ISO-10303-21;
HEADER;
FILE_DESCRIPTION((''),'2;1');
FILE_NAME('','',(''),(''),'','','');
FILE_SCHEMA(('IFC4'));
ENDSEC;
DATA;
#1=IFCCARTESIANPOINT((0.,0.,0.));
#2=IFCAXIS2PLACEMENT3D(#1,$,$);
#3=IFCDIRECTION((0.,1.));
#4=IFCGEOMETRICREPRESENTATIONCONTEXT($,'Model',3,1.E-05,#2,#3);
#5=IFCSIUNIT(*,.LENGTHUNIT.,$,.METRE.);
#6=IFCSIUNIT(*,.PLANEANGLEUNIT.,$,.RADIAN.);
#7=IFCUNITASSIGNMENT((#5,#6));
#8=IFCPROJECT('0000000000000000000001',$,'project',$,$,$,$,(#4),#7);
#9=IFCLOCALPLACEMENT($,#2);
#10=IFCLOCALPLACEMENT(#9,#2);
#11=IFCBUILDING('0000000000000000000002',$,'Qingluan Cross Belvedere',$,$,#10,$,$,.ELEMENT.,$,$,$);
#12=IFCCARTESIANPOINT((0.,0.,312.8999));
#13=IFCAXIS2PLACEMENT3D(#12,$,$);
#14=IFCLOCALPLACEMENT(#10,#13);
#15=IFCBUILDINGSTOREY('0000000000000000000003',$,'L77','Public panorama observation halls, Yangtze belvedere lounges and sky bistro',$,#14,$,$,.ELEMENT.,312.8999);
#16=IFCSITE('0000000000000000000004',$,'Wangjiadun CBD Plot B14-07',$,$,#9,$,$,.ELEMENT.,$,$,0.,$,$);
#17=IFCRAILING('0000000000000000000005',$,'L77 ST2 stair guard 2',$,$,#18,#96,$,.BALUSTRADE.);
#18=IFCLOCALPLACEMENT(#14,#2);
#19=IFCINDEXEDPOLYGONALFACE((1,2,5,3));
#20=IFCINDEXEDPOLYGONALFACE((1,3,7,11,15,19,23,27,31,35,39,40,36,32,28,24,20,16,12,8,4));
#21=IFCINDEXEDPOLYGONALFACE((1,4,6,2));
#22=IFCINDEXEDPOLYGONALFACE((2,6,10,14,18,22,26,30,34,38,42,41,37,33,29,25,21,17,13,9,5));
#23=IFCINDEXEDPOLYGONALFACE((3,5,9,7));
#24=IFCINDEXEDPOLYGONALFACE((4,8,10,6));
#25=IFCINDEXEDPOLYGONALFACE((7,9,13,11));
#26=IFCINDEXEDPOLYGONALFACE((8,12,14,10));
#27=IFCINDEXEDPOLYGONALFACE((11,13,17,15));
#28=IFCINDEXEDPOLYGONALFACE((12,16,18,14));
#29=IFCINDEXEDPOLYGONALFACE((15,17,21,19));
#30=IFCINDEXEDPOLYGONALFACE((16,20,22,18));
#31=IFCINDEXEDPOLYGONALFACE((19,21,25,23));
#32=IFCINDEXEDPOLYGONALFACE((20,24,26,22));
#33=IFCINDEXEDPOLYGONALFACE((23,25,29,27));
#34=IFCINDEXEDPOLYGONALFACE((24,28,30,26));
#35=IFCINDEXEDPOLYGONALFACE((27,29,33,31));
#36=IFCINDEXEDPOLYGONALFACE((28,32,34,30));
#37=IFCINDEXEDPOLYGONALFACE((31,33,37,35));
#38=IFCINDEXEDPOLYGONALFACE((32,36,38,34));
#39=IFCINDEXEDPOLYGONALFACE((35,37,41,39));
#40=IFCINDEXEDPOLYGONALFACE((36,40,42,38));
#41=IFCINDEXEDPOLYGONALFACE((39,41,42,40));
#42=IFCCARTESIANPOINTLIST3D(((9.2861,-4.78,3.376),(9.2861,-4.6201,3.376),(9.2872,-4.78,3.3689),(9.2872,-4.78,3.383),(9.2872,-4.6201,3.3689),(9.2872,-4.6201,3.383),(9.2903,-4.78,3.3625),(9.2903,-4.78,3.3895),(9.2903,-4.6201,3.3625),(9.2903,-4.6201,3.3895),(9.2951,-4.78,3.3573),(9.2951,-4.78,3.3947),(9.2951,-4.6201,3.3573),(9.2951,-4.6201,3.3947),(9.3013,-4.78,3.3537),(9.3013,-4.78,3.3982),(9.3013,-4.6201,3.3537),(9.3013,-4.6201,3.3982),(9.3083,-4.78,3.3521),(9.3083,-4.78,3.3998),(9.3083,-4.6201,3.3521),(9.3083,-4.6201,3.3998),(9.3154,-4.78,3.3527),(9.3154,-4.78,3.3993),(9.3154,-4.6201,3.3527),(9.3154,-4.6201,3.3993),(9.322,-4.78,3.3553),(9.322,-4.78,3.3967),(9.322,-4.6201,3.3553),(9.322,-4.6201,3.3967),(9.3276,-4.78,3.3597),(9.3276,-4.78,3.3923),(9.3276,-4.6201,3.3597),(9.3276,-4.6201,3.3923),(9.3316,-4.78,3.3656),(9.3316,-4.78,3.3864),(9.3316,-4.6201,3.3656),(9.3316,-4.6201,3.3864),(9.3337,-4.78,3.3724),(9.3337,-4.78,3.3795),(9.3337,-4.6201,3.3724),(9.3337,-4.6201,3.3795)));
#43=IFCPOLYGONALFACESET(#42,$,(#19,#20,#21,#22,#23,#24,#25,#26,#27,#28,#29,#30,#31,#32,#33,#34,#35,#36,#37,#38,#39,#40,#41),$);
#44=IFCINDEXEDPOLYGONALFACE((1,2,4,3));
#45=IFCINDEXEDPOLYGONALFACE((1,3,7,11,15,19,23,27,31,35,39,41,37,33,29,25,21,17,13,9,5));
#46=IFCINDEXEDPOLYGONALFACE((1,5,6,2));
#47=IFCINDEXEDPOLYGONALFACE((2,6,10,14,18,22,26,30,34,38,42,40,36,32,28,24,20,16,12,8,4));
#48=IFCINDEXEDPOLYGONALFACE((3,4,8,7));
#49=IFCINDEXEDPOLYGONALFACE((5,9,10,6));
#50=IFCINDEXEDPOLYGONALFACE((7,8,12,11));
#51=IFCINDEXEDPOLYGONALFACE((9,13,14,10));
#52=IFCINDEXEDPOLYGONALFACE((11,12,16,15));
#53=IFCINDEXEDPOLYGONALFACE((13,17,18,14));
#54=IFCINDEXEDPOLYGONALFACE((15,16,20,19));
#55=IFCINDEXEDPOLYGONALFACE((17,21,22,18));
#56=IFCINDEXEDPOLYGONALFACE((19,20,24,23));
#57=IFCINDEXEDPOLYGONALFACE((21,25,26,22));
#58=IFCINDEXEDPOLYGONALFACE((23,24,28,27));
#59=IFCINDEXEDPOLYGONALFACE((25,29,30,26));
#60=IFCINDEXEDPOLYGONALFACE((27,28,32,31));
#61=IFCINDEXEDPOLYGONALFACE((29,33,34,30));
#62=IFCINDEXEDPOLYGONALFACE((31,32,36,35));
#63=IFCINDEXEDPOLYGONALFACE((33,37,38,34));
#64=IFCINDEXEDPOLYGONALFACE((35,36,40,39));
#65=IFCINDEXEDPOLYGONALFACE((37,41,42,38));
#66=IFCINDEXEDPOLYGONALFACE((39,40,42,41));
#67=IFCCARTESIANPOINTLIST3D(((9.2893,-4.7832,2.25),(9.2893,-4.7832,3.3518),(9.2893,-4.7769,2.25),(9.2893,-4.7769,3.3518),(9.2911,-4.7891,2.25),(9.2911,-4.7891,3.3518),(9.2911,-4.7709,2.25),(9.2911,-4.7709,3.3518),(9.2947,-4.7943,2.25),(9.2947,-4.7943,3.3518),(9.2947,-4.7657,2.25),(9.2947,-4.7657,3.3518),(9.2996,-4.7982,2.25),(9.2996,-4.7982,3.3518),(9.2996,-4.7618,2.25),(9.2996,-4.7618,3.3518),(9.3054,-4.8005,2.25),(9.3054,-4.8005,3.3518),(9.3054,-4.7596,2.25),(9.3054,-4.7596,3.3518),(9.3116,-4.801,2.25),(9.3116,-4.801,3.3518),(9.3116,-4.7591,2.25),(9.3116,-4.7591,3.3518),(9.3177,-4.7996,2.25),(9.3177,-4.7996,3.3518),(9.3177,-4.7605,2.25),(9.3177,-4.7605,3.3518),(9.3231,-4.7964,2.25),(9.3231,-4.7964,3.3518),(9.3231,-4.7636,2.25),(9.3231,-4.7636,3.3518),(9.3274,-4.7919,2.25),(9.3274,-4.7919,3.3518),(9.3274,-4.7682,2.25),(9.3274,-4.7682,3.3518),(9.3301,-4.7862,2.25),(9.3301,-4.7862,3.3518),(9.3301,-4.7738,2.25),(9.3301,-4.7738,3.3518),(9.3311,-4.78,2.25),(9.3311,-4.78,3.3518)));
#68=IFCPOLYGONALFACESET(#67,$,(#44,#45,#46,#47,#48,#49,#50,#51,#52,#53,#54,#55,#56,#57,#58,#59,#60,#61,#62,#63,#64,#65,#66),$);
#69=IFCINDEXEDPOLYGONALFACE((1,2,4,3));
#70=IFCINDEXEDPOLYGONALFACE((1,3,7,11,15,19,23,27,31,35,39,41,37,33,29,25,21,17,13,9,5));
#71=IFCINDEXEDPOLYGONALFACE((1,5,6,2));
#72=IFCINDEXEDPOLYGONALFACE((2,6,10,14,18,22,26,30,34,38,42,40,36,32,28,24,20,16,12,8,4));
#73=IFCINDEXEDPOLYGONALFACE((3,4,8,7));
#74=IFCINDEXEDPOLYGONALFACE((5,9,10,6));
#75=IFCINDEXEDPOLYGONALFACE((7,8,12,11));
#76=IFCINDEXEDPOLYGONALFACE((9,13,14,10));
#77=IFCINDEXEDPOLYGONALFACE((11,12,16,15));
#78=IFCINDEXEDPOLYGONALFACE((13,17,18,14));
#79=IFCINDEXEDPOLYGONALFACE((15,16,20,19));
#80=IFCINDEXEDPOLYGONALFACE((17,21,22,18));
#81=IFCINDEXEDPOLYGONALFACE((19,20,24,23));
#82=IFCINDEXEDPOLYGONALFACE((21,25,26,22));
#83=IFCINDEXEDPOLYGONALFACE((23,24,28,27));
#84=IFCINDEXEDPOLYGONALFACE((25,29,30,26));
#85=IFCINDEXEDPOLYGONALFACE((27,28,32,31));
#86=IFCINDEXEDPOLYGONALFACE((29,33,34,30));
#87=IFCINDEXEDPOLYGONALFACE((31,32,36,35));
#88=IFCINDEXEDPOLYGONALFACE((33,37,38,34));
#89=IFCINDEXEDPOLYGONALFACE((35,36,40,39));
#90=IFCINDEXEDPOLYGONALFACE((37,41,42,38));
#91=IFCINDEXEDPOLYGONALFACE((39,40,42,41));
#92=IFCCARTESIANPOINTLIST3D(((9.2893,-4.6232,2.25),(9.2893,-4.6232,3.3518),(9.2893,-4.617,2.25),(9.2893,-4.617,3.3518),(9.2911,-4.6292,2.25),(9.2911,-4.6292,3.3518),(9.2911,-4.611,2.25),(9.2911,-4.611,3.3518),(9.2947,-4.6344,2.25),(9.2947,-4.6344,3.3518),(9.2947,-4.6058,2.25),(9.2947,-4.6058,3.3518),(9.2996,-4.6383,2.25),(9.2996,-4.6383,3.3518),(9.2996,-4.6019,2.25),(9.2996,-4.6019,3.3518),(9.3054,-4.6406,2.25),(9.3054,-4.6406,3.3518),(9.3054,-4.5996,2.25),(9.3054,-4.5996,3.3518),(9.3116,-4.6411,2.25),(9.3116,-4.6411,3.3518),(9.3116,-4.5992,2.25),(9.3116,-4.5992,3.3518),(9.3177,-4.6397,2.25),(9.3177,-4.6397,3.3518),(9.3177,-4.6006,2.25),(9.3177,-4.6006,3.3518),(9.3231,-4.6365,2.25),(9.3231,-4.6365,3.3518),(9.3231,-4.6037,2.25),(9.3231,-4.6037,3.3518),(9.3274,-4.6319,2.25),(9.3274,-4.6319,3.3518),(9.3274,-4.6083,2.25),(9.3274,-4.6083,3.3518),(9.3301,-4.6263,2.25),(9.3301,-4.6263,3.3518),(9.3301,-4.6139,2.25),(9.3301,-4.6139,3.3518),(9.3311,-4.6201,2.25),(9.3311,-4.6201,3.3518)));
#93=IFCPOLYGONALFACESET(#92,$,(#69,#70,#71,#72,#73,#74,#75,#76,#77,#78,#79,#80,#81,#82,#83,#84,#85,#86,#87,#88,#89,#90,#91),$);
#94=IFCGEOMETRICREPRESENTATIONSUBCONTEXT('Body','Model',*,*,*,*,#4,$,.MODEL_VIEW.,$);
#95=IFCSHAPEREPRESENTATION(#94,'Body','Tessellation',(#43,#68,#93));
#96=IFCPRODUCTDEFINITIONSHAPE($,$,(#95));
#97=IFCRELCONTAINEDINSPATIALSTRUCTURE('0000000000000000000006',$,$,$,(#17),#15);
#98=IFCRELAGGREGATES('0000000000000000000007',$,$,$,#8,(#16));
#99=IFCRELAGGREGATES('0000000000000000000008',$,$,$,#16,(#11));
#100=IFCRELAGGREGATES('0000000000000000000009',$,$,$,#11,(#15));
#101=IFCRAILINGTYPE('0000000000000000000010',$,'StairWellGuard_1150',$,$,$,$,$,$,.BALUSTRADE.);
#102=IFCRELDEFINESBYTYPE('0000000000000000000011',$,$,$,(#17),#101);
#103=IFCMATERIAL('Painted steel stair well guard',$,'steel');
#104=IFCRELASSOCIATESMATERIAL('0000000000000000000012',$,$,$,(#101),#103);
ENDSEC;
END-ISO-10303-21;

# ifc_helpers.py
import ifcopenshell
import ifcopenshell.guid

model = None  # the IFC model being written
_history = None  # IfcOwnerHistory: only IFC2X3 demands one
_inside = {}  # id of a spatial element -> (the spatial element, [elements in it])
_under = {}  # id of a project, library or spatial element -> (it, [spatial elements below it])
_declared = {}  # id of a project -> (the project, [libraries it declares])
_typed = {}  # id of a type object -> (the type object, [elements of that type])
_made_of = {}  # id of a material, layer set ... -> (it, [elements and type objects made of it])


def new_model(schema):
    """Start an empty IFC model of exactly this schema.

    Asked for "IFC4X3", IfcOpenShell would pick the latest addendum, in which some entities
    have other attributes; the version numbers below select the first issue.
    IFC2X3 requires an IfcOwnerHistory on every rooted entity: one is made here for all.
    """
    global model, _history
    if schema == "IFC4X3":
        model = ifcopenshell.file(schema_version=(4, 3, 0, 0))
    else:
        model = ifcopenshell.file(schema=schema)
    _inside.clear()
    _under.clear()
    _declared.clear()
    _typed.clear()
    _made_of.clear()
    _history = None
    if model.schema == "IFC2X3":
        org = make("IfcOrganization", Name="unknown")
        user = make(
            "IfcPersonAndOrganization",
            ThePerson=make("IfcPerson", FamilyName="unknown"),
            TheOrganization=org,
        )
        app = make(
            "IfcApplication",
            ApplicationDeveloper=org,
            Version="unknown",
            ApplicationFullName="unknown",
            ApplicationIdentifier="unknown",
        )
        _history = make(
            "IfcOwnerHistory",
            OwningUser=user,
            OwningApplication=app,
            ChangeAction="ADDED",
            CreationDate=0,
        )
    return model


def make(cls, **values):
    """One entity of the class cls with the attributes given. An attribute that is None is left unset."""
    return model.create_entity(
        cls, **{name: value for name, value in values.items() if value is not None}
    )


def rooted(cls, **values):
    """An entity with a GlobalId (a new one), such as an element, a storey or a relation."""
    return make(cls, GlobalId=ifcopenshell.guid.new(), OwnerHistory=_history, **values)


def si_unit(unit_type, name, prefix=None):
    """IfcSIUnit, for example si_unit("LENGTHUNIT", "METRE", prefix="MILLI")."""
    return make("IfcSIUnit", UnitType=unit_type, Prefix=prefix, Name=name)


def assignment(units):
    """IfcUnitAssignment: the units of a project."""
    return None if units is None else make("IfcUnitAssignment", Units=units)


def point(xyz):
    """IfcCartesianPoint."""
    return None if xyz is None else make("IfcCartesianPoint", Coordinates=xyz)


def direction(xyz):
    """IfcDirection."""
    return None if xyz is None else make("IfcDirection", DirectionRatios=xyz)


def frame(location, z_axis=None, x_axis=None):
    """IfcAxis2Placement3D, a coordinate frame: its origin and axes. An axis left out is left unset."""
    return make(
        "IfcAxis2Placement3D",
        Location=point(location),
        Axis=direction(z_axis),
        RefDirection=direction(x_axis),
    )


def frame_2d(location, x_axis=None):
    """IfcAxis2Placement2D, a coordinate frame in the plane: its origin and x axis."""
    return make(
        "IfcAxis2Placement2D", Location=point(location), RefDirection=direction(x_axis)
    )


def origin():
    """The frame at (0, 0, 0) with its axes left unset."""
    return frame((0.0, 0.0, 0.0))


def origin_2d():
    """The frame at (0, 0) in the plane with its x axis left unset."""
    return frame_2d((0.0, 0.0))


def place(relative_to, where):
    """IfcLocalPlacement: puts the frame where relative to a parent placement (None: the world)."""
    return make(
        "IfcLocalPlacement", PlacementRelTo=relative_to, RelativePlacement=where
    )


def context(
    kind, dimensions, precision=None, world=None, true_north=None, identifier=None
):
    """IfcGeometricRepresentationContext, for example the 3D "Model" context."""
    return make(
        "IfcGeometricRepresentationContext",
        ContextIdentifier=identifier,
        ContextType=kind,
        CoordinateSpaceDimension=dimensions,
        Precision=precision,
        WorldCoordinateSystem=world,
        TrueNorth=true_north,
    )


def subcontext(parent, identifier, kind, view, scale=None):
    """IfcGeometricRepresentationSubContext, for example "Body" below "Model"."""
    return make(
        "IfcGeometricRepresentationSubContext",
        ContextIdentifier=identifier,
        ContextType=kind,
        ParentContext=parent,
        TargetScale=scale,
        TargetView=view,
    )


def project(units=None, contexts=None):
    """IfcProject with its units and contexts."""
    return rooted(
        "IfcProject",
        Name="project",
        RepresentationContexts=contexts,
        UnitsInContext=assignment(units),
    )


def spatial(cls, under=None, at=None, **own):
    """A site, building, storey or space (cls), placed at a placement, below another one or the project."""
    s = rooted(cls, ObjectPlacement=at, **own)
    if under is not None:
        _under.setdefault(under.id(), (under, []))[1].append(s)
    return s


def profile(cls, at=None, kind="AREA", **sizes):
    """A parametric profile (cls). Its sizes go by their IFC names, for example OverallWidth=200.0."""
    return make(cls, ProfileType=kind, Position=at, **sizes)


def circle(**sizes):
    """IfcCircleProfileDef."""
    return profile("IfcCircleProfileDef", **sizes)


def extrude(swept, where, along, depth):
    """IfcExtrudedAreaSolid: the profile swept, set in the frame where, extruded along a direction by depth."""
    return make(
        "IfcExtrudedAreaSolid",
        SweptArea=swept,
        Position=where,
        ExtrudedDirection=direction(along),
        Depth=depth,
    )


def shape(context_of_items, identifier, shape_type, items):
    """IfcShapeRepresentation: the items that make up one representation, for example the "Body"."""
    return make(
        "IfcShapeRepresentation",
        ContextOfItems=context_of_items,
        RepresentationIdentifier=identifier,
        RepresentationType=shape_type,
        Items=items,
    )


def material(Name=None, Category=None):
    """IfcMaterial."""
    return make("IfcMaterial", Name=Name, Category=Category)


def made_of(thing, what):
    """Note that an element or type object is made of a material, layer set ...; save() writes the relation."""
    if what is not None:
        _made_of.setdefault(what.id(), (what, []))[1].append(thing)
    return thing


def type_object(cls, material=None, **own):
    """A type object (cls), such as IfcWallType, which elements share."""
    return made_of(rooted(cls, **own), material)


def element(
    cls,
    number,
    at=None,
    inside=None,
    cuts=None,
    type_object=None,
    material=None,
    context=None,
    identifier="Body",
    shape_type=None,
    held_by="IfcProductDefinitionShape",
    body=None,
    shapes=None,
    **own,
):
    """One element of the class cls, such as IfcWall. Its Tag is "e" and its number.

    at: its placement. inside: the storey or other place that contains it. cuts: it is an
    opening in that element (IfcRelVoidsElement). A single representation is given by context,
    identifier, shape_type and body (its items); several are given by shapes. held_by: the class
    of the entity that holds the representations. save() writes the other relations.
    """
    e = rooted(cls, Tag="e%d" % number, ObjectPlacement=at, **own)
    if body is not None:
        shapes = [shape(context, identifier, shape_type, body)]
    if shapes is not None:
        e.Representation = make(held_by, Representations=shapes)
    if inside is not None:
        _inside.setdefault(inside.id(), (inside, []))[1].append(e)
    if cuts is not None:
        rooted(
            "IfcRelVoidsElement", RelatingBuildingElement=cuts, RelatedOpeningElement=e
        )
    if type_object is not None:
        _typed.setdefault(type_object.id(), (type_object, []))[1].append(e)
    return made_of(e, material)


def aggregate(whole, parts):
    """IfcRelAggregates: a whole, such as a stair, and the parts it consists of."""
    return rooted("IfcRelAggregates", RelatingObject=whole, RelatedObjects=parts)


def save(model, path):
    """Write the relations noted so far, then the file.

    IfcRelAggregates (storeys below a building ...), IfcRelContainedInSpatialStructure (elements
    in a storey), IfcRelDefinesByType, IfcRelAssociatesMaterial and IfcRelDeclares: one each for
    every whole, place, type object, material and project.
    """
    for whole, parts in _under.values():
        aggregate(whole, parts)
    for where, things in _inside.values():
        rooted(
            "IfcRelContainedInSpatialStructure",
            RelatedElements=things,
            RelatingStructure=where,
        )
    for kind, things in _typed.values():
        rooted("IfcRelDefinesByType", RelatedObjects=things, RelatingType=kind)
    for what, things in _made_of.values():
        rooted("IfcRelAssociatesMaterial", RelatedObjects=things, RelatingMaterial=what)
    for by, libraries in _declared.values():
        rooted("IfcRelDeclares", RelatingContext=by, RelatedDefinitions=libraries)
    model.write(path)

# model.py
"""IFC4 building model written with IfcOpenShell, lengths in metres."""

from ifc_helpers import new_model, si_unit, direction, frame, origin, origin_2d, place, context, subcontext, project, spatial, circle, extrude, material, type_object, element, save


model = new_model("IFC4")

# Units and contexts
model_context = context("Model", 3, precision=1e-05, world=origin(), true_north=direction((0.0, 1.0)))
body_context = subcontext(model_context, "Body", "Model", "MODEL_VIEW")
ifc_project = project(units=[si_unit("LENGTHUNIT", "METRE"), si_unit("PLANEANGLEUNIT", "RADIAN")], contexts=[model_context])

# Site, building, storey
site_placement = place(None, origin())
site = spatial("IfcSite", under=ifc_project, at=site_placement, Name="Wangjiadun CBD Plot B14-07", CompositionType="ELEMENT", RefElevation=0.0)
building_placement = place(site_placement, origin())
building = spatial("IfcBuilding", under=site, at=building_placement, Name="Qingluan Cross Belvedere", CompositionType="ELEMENT")
storey_placement = place(building_placement, frame((0.0, 0.0, 312.8999)))
storey = spatial("IfcBuildingStorey", under=building, at=storey_placement, Name="L77", Description="Public panorama observation halls, Yangtze belvedere lounges and sky bistro", CompositionType="ELEMENT", Elevation=312.8999)

# Railing
ifc_material_1 = material(Name="Painted steel stair well guard", Category="steel")
railing_type_1 = type_object("IfcRailingType", Name="StairWellGuard_1150", PredefinedType="BALUSTRADE", material=ifc_material_1)
railing_1_placement = place(storey_placement, frame((9.3101, -4.78, 2.25)))
element("IfcRailing", 1, at=railing_1_placement, inside=storey, type_object=railing_type_1, Name="L77 ST2 stair guard 2", PredefinedType="BALUSTRADE", context=body_context, shape_type="SweptSolid", body=[
    extrude(circle(Radius=0.0239, at=origin_2d()), frame((0.0, 0.0, 1.126), z_axis=(0.0, 1.0, 0.0), x_axis=(-1.0, 0.0, 0.0)), (0.0, 0.0, 1.0), 0.1599),
    extrude(circle(Radius=0.021, at=origin_2d()), origin(), (0.0, 0.0, 1.0), 1.1018),
    extrude(circle(Radius=0.021, at=origin_2d()), frame((0.0, 0.1599, 0.0)), (0.0, 0.0, 1.0), 1.1018),
])

save(model, "model.ifc")
